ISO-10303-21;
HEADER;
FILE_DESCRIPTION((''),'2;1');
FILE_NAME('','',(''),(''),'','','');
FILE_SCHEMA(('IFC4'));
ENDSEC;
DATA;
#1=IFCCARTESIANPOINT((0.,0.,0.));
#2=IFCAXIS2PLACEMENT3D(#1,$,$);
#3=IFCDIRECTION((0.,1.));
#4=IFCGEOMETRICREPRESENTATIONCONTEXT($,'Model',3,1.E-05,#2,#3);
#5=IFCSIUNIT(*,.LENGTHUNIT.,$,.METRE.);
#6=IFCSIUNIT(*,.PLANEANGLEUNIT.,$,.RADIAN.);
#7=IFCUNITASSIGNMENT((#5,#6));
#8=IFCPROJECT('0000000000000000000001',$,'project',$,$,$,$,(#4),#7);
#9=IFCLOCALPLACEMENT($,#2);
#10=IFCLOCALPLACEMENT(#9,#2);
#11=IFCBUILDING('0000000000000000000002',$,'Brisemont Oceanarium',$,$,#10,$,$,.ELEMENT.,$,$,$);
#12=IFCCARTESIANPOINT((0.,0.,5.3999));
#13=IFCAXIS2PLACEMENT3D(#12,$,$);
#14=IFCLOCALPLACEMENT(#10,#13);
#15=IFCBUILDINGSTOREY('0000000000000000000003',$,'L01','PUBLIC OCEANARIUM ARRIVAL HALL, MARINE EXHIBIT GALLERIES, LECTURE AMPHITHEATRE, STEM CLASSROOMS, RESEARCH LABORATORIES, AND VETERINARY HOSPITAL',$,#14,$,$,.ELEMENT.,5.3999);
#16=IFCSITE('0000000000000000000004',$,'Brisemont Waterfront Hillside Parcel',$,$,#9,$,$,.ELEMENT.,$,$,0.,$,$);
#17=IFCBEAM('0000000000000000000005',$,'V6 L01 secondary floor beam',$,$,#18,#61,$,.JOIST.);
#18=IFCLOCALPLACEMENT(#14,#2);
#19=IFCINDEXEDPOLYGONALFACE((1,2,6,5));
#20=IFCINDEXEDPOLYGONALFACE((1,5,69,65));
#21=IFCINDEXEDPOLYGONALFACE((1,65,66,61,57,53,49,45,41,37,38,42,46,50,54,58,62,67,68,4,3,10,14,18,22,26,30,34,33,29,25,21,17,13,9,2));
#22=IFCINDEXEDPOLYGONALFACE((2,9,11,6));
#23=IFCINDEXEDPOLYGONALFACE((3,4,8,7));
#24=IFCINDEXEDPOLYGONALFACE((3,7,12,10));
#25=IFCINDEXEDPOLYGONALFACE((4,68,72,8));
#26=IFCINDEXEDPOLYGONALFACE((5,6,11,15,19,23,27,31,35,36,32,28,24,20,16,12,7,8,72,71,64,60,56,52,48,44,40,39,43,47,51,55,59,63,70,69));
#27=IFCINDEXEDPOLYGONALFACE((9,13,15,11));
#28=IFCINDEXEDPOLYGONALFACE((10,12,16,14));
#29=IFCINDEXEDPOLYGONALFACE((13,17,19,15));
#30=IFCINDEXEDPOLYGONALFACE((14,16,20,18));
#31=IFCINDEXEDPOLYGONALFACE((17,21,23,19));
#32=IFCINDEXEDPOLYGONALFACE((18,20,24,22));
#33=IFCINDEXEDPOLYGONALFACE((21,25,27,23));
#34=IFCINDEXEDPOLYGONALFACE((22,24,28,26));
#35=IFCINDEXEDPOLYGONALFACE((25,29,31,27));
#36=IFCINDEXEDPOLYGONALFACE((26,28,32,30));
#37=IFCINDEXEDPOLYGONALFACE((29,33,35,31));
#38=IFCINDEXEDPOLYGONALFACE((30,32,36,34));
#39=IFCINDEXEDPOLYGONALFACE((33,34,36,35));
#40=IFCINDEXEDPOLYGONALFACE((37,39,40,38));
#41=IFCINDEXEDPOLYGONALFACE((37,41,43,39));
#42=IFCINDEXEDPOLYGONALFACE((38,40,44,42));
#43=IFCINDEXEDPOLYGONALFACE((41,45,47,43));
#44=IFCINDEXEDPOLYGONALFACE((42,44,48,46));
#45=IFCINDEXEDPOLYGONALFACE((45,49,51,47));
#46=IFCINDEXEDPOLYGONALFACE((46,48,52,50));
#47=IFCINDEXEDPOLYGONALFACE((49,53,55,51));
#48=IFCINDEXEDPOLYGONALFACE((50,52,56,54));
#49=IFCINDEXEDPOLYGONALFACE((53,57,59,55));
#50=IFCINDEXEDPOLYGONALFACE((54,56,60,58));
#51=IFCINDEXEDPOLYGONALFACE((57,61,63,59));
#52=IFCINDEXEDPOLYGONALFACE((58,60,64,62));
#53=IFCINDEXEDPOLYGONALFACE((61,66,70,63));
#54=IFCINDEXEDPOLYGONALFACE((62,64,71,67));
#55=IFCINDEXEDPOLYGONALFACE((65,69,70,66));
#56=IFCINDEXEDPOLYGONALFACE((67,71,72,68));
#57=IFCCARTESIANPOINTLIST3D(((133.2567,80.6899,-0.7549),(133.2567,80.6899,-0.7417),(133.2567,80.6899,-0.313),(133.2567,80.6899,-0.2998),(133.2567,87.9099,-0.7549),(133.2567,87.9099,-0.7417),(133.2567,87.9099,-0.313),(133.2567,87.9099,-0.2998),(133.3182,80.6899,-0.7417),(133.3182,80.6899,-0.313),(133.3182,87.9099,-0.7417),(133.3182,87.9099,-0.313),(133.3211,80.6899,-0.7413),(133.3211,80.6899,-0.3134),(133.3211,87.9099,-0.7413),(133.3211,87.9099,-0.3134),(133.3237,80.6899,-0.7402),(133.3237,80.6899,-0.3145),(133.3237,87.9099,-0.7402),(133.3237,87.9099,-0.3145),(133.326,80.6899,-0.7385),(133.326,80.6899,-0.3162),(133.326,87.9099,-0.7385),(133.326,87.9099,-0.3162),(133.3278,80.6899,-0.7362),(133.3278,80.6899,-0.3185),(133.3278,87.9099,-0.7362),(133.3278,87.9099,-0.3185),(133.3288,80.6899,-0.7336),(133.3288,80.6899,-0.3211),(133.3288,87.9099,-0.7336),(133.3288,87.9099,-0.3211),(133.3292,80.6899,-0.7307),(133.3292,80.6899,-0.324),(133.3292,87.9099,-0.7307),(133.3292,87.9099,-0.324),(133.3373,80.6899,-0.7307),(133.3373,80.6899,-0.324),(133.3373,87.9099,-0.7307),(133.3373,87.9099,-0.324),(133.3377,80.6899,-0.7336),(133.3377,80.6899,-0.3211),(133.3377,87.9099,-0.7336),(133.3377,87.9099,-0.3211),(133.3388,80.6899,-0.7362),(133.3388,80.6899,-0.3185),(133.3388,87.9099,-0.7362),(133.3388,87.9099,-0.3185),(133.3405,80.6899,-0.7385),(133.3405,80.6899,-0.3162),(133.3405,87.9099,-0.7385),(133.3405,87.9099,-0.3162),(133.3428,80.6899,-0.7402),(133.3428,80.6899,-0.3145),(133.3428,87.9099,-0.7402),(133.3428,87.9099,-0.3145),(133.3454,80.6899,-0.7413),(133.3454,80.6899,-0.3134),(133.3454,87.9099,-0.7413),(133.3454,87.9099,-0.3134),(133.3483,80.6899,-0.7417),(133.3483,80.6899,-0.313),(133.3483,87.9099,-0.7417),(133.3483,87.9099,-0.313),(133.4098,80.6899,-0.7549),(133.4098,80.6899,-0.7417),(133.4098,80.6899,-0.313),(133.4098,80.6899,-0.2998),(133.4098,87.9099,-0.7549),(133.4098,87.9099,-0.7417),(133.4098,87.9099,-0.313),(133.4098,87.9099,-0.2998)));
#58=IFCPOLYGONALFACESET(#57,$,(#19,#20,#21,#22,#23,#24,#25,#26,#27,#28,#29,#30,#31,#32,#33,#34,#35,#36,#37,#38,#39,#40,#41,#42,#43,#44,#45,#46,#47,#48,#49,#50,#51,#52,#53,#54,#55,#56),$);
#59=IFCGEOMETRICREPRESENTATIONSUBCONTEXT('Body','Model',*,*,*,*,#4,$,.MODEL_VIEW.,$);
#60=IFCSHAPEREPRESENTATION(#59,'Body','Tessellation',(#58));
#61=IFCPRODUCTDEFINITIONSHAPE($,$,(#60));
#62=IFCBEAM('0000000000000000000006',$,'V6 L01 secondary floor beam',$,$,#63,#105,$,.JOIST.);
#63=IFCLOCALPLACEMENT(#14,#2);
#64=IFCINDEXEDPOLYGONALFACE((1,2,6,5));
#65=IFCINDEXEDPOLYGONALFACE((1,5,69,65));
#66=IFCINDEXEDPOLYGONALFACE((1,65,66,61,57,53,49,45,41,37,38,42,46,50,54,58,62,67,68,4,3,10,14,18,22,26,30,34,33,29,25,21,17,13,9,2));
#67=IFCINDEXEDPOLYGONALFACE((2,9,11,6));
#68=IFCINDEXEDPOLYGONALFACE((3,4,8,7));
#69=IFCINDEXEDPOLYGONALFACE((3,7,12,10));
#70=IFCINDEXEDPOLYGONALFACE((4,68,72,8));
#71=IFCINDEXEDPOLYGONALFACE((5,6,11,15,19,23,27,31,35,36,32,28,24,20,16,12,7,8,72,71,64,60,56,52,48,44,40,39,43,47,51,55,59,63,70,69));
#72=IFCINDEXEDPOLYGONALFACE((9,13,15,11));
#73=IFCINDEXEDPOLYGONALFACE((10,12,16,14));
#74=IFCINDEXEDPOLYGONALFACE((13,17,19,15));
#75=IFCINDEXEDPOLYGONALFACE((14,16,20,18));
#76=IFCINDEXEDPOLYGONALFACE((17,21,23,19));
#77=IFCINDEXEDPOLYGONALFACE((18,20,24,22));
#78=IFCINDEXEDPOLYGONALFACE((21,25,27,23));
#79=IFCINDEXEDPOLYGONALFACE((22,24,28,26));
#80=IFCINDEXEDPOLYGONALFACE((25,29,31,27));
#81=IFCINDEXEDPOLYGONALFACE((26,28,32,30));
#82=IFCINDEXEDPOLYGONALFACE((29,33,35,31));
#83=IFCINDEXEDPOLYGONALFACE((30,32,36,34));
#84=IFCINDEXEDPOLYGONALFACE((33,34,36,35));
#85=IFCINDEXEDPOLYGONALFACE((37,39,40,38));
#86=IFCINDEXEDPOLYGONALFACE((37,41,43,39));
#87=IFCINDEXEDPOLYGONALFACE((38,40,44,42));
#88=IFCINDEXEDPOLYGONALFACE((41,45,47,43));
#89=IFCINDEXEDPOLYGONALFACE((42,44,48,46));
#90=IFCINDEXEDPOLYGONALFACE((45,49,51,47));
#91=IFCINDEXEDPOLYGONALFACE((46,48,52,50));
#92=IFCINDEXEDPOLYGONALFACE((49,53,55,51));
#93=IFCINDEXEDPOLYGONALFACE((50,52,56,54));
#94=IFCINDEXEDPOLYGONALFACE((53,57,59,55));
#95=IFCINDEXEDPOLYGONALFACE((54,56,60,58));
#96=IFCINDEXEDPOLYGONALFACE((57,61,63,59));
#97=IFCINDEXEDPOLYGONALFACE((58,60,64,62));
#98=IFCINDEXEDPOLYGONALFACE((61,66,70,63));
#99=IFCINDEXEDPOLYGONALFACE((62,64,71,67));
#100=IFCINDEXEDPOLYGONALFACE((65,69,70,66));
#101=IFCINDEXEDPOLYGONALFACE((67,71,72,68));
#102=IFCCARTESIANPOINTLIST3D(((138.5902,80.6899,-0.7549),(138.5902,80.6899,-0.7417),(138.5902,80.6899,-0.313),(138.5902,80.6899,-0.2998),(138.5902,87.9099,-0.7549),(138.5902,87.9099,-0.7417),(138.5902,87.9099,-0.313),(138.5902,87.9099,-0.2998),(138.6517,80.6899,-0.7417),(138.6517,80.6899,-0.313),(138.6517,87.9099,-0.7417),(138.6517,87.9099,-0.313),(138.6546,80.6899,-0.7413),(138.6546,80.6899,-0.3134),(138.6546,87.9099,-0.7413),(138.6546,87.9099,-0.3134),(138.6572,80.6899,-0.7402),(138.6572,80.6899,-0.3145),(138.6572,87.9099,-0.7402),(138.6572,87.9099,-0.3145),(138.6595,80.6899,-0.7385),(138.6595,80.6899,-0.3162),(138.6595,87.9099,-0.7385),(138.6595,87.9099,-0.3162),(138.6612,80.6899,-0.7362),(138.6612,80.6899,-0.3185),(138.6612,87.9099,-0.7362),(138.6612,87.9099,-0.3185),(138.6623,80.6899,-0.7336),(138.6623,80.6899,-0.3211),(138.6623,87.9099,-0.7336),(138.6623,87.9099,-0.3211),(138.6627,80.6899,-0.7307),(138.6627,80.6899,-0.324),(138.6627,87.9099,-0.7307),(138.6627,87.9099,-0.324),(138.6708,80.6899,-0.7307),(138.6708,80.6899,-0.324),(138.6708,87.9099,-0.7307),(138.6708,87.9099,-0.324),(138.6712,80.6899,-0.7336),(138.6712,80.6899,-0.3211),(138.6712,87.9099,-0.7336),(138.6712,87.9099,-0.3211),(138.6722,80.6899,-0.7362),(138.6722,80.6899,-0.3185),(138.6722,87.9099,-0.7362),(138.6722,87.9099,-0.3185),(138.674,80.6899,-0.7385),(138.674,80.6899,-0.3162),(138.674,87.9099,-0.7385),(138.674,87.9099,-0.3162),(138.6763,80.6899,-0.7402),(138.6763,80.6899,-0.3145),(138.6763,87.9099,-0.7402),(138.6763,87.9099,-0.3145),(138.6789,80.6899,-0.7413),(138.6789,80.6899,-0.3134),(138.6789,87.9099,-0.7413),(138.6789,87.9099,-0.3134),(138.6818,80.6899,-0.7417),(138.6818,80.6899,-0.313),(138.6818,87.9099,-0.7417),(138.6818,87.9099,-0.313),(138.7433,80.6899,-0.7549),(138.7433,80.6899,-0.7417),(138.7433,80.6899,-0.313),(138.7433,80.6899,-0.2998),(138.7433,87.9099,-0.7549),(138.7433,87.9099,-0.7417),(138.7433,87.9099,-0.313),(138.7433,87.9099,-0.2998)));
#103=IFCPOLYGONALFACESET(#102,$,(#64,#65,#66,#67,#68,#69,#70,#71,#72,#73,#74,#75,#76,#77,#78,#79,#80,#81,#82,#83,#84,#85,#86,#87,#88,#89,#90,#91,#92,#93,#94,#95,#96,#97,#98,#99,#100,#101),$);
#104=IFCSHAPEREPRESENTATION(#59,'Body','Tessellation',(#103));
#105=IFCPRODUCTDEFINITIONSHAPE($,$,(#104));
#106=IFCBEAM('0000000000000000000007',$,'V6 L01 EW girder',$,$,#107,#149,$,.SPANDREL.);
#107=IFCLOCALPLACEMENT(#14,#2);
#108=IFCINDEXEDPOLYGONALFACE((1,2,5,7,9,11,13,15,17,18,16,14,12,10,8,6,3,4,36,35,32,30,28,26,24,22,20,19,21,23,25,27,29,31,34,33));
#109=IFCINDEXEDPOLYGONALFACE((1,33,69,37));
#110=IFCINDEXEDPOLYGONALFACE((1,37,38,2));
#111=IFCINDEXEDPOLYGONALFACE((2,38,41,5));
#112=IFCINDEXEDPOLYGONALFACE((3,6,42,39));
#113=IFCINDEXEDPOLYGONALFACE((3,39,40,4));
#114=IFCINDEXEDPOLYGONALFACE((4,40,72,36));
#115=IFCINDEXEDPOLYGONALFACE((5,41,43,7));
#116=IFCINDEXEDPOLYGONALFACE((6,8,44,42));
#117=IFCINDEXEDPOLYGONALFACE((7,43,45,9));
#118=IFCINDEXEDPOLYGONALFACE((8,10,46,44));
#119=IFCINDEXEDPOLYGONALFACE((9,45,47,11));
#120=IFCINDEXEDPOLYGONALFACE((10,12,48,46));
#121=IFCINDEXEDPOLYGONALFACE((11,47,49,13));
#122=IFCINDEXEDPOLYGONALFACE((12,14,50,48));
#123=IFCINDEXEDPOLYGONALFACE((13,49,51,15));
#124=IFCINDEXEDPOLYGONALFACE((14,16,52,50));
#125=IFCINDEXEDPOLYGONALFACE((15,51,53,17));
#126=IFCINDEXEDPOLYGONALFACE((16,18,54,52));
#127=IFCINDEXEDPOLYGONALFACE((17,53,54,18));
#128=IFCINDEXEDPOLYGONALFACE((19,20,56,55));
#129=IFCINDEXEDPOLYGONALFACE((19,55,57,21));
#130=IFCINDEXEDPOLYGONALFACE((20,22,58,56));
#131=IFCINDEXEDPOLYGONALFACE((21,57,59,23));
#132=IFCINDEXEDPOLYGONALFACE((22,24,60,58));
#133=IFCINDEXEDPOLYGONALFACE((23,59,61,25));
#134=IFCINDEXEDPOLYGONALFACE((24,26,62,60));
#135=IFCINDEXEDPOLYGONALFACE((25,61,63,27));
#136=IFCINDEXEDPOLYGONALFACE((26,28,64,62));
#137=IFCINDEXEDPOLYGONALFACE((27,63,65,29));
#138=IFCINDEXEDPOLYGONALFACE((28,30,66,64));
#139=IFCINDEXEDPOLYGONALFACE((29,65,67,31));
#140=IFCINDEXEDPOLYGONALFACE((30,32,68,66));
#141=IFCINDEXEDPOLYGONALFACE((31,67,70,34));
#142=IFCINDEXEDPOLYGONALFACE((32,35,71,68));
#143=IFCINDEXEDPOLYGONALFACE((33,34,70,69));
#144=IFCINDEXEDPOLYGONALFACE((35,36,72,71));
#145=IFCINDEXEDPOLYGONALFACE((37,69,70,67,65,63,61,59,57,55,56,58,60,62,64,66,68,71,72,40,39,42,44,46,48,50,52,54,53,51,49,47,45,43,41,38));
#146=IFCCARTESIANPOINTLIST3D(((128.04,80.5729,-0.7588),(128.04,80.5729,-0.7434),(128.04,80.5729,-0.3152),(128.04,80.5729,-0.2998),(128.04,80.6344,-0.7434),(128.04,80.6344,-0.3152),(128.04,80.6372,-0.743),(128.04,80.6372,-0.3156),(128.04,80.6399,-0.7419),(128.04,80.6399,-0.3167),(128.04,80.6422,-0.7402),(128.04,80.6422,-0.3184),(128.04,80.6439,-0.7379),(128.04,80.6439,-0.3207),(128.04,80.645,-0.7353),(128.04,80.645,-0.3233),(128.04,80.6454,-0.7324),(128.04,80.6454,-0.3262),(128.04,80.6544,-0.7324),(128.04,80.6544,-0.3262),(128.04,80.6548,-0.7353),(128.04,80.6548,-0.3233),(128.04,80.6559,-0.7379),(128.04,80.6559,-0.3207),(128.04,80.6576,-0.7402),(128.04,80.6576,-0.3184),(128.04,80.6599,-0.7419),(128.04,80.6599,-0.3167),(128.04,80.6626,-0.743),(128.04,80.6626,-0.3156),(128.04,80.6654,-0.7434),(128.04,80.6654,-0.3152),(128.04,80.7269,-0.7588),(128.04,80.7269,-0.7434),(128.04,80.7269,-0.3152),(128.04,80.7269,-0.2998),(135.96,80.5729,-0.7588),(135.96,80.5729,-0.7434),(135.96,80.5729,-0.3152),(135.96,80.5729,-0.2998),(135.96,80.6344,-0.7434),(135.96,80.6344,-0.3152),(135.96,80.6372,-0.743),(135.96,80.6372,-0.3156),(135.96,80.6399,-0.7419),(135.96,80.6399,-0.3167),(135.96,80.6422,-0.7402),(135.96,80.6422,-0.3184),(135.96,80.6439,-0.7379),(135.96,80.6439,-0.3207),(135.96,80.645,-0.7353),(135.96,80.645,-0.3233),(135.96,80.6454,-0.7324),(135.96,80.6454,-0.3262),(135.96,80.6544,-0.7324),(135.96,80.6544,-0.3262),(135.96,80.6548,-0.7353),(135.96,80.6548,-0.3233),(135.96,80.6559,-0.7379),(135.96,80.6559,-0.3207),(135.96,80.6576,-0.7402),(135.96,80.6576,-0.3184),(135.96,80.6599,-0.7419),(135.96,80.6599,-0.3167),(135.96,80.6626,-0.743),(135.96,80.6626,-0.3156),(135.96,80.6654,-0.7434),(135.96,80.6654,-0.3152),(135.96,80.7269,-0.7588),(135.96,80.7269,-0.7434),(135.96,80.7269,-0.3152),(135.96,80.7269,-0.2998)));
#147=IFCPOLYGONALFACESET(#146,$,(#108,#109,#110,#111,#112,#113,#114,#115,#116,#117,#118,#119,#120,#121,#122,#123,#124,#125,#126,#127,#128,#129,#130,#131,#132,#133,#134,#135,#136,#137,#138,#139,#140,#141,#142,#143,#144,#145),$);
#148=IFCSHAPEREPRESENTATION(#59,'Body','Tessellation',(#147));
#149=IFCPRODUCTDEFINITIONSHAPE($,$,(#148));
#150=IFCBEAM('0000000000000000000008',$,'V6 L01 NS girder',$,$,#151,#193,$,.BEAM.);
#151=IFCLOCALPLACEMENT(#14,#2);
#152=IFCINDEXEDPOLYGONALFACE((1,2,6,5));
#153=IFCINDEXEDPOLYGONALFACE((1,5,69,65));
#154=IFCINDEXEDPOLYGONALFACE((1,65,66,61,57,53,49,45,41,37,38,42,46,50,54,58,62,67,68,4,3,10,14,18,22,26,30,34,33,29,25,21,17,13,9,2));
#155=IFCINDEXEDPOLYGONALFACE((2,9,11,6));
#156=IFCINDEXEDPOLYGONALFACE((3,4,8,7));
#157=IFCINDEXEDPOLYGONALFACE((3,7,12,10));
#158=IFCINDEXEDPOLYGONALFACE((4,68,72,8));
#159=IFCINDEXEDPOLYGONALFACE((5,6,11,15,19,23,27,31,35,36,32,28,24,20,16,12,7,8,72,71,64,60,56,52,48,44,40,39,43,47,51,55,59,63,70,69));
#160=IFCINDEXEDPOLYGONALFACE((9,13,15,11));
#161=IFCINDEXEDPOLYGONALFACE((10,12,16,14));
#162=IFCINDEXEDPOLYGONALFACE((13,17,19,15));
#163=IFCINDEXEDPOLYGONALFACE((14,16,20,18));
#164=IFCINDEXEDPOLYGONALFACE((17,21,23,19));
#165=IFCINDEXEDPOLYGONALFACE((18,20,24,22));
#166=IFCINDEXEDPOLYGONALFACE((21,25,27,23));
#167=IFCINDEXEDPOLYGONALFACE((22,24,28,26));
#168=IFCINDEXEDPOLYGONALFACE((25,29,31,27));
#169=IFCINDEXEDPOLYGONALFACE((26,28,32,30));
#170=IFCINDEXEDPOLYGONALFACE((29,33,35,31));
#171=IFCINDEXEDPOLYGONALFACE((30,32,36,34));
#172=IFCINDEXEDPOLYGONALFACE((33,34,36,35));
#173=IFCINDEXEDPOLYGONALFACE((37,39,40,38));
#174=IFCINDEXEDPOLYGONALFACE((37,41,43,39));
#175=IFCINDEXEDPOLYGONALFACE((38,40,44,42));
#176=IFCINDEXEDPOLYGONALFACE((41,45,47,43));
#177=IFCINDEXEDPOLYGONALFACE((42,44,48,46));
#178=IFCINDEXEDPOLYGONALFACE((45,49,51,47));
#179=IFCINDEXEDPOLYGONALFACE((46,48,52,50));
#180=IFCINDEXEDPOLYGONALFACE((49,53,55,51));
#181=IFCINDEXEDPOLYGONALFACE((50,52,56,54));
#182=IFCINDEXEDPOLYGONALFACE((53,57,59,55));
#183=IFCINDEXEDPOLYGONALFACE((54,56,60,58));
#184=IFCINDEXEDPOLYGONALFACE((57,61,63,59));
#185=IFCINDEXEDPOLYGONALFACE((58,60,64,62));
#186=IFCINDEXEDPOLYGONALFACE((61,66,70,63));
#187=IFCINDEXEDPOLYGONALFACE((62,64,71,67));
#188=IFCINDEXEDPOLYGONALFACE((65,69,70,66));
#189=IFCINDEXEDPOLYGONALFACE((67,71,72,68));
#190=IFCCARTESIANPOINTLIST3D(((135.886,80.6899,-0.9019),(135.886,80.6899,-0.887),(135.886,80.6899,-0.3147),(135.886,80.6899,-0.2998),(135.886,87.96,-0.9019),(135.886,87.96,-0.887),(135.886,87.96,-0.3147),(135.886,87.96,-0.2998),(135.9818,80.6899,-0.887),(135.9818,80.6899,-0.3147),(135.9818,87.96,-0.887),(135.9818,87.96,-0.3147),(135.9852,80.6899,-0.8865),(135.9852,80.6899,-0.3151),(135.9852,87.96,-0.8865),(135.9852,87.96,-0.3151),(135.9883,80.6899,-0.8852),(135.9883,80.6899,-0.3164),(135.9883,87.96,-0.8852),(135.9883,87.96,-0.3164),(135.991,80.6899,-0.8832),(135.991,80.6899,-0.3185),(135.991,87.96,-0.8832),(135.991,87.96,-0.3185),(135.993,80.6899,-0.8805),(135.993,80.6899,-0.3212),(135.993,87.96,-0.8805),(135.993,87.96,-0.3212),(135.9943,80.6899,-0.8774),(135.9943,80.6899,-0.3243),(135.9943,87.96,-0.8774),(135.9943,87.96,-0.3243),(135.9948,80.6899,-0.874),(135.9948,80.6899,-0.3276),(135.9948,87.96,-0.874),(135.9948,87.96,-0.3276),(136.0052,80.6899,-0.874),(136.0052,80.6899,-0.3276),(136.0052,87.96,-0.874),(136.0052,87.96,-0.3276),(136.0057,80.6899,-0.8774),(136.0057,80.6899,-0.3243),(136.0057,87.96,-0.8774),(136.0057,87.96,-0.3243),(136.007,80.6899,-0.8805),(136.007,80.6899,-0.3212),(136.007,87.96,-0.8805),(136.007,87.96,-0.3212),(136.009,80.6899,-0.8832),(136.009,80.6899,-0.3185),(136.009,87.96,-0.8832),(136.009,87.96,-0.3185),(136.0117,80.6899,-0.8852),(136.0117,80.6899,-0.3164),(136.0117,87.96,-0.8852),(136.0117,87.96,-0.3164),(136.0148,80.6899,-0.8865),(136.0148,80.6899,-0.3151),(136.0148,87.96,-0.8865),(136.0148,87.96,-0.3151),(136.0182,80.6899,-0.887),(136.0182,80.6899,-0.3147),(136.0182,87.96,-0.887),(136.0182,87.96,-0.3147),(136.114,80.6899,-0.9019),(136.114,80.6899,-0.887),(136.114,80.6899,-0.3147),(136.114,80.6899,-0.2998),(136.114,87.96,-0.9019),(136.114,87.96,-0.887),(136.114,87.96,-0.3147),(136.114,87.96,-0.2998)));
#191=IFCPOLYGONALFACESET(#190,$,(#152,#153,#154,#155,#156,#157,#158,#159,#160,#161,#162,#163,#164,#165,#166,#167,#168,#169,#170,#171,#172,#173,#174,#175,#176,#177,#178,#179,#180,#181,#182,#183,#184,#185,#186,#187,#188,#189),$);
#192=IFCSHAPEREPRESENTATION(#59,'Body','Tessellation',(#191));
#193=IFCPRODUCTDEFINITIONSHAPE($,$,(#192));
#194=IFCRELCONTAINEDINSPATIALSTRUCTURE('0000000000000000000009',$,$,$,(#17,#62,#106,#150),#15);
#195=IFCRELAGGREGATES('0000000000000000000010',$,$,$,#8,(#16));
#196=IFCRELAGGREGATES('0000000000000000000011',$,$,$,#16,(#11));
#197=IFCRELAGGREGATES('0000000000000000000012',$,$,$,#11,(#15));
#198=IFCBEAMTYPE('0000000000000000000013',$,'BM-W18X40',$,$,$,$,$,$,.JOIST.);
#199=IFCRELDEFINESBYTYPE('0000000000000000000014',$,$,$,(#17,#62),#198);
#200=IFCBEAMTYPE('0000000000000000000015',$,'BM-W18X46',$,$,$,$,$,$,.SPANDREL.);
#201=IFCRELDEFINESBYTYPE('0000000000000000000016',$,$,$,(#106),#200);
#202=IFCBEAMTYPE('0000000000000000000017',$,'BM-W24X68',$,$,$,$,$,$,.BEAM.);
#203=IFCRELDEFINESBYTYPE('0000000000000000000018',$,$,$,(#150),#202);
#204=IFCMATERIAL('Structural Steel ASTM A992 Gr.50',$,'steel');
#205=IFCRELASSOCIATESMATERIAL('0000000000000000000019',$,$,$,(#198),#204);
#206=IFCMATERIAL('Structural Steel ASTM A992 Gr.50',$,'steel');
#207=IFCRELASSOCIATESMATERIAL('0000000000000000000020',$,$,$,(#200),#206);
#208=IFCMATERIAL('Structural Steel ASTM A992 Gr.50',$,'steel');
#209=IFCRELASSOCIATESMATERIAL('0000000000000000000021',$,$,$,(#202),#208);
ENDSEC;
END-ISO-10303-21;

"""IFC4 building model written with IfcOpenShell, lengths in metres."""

from ifc_helpers import new_model, si_unit, direction, frame, origin, origin_2d, place, context, subcontext, project, spatial, i_section, extrude, material, material_profile, profile_set, type_object, element, save


model = new_model("IFC4")

# Units and contexts
model_context = context("Model", 3, precision=1e-05, world=origin(), true_north=direction((0.0, 1.0)))
body_context = subcontext(model_context, "Body", "Model", "MODEL_VIEW")
ifc_project = project(units=[si_unit("LENGTHUNIT", "METRE"), si_unit("PLANEANGLEUNIT", "RADIAN")], contexts=[model_context])

# Site, building, storey
site_placement = place(None, origin())
site = spatial("IfcSite", under=ifc_project, at=site_placement, Name="Brisemont Waterfront Hillside Parcel", CompositionType="ELEMENT", RefElevation=0.0)
building_placement = place(site_placement, origin())
building = spatial("IfcBuilding", under=site, at=building_placement, Name="Brisemont Oceanarium", CompositionType="ELEMENT")
storey_placement = place(building_placement, frame((0.0, 0.0, 5.3999)))
storey = spatial("IfcBuildingStorey", under=building, at=storey_placement, Name="L01", Description="PUBLIC OCEANARIUM ARRIVAL HALL, MARINE EXHIBIT GALLERIES, LECTURE AMPHITHEATRE, STEM CLASSROOMS, RESEARCH LABORATORIES, AND VETERINARY HOSPITAL", CompositionType="ELEMENT", Elevation=5.3999)

# Beams
ifc_material_1 = material(Name="Structural Steel ASTM A992 Gr.50", Category="steel")
ifc_material_profile_1 = material_profile(ifc_material_1, i_section(OverallWidth=0.1531, OverallDepth=0.4551, WebThickness=0.0081, FlangeThickness=0.0132, FilletRadius=0.011, at=origin_2d()), Name="W18X40")
ifc_profile_set_1 = profile_set([ifc_material_profile_1], Name="Structural Steel ASTM A992 Gr.50")
beam_type_1 = type_object("IfcBeamType", Name="BM-W18X40", PredefinedType="JOIST", material=ifc_profile_set_1)
for number, where, z_axis, x_axis, name in (
    (1, (133.3333, 80.6899, -0.5273), (0.0, 1.0, 0.0), (-1.0, 0.0, 0.0), "V6 L01 secondary floor beam"),
    (2, (138.6667, 80.6899, -0.5273), (0.0, 1.0, 0.0), (-1.0, 0.0, 0.0), "V6 L01 secondary floor beam"),
):
    element("IfcBeam", number, at=place(storey_placement, frame(where, z_axis=z_axis, x_axis=x_axis)), inside=storey, type_object=beam_type_1, Name=name, PredefinedType="JOIST", context=body_context, shape_type="SweptSolid", body=[
        extrude(i_section(OverallWidth=0.1531, OverallDepth=0.4551, WebThickness=0.0081, FlangeThickness=0.0132, FilletRadius=0.011, at=origin_2d()), origin(), (0.0, 0.0, 1.0), 7.22),
    ])
ifc_material_2 = material(Name="Structural Steel ASTM A992 Gr.50", Category="steel")
ifc_material_profile_2 = material_profile(ifc_material_2, i_section(OverallWidth=0.1541, OverallDepth=0.459, WebThickness=0.009, FlangeThickness=0.0154, FilletRadius=0.011, at=origin_2d()), Name="W18X46")
ifc_profile_set_2 = profile_set([ifc_material_profile_2], Name="Structural Steel ASTM A992 Gr.50")
beam_type_2 = type_object("IfcBeamType", Name="BM-W18X46", PredefinedType="SPANDREL", material=ifc_profile_set_2)
beam_1_placement = place(storey_placement, frame((128.04, 80.6499, -0.5293), z_axis=(1.0, 0.0, 0.0), x_axis=(0.0, 1.0, 0.0)))
element("IfcBeam", 3, at=beam_1_placement, inside=storey, type_object=beam_type_2, Name="V6 L01 EW girder", PredefinedType="SPANDREL", context=body_context, shape_type="SweptSolid", body=[
    extrude(i_section(OverallWidth=0.1541, OverallDepth=0.459, WebThickness=0.009, FlangeThickness=0.0154, FilletRadius=0.011, at=origin_2d()), origin(), (0.0, 0.0, 1.0), 7.9199),
])
ifc_material_3 = material(Name="Structural Steel ASTM A992 Gr.50", Category="steel")
ifc_material_profile_3 = material_profile(ifc_material_3, i_section(OverallWidth=0.228, OverallDepth=0.6021, WebThickness=0.0105, FlangeThickness=0.0149, FilletRadius=0.0129, at=origin_2d()), Name="W24X68")
ifc_profile_set_3 = profile_set([ifc_material_profile_3], Name="Structural Steel ASTM A992 Gr.50")
beam_type_3 = type_object("IfcBeamType", Name="BM-W24X68", PredefinedType="BEAM", material=ifc_profile_set_3)
beam_2_placement = place(storey_placement, frame((136.0, 80.6899, -0.6008), z_axis=(0.0, 1.0, 0.0), x_axis=(-1.0, 0.0, 0.0)))
element("IfcBeam", 4, at=beam_2_placement, inside=storey, type_object=beam_type_3, Name="V6 L01 NS girder", PredefinedType="BEAM", context=body_context, shape_type="SweptSolid", body=[
    extrude(i_section(OverallWidth=0.228, OverallDepth=0.6021, WebThickness=0.0105, FlangeThickness=0.0149, FilletRadius=0.0129, at=origin_2d()), origin(), (0.0, 0.0, 1.0), 7.27),
])

save(model, "model.ifc")
